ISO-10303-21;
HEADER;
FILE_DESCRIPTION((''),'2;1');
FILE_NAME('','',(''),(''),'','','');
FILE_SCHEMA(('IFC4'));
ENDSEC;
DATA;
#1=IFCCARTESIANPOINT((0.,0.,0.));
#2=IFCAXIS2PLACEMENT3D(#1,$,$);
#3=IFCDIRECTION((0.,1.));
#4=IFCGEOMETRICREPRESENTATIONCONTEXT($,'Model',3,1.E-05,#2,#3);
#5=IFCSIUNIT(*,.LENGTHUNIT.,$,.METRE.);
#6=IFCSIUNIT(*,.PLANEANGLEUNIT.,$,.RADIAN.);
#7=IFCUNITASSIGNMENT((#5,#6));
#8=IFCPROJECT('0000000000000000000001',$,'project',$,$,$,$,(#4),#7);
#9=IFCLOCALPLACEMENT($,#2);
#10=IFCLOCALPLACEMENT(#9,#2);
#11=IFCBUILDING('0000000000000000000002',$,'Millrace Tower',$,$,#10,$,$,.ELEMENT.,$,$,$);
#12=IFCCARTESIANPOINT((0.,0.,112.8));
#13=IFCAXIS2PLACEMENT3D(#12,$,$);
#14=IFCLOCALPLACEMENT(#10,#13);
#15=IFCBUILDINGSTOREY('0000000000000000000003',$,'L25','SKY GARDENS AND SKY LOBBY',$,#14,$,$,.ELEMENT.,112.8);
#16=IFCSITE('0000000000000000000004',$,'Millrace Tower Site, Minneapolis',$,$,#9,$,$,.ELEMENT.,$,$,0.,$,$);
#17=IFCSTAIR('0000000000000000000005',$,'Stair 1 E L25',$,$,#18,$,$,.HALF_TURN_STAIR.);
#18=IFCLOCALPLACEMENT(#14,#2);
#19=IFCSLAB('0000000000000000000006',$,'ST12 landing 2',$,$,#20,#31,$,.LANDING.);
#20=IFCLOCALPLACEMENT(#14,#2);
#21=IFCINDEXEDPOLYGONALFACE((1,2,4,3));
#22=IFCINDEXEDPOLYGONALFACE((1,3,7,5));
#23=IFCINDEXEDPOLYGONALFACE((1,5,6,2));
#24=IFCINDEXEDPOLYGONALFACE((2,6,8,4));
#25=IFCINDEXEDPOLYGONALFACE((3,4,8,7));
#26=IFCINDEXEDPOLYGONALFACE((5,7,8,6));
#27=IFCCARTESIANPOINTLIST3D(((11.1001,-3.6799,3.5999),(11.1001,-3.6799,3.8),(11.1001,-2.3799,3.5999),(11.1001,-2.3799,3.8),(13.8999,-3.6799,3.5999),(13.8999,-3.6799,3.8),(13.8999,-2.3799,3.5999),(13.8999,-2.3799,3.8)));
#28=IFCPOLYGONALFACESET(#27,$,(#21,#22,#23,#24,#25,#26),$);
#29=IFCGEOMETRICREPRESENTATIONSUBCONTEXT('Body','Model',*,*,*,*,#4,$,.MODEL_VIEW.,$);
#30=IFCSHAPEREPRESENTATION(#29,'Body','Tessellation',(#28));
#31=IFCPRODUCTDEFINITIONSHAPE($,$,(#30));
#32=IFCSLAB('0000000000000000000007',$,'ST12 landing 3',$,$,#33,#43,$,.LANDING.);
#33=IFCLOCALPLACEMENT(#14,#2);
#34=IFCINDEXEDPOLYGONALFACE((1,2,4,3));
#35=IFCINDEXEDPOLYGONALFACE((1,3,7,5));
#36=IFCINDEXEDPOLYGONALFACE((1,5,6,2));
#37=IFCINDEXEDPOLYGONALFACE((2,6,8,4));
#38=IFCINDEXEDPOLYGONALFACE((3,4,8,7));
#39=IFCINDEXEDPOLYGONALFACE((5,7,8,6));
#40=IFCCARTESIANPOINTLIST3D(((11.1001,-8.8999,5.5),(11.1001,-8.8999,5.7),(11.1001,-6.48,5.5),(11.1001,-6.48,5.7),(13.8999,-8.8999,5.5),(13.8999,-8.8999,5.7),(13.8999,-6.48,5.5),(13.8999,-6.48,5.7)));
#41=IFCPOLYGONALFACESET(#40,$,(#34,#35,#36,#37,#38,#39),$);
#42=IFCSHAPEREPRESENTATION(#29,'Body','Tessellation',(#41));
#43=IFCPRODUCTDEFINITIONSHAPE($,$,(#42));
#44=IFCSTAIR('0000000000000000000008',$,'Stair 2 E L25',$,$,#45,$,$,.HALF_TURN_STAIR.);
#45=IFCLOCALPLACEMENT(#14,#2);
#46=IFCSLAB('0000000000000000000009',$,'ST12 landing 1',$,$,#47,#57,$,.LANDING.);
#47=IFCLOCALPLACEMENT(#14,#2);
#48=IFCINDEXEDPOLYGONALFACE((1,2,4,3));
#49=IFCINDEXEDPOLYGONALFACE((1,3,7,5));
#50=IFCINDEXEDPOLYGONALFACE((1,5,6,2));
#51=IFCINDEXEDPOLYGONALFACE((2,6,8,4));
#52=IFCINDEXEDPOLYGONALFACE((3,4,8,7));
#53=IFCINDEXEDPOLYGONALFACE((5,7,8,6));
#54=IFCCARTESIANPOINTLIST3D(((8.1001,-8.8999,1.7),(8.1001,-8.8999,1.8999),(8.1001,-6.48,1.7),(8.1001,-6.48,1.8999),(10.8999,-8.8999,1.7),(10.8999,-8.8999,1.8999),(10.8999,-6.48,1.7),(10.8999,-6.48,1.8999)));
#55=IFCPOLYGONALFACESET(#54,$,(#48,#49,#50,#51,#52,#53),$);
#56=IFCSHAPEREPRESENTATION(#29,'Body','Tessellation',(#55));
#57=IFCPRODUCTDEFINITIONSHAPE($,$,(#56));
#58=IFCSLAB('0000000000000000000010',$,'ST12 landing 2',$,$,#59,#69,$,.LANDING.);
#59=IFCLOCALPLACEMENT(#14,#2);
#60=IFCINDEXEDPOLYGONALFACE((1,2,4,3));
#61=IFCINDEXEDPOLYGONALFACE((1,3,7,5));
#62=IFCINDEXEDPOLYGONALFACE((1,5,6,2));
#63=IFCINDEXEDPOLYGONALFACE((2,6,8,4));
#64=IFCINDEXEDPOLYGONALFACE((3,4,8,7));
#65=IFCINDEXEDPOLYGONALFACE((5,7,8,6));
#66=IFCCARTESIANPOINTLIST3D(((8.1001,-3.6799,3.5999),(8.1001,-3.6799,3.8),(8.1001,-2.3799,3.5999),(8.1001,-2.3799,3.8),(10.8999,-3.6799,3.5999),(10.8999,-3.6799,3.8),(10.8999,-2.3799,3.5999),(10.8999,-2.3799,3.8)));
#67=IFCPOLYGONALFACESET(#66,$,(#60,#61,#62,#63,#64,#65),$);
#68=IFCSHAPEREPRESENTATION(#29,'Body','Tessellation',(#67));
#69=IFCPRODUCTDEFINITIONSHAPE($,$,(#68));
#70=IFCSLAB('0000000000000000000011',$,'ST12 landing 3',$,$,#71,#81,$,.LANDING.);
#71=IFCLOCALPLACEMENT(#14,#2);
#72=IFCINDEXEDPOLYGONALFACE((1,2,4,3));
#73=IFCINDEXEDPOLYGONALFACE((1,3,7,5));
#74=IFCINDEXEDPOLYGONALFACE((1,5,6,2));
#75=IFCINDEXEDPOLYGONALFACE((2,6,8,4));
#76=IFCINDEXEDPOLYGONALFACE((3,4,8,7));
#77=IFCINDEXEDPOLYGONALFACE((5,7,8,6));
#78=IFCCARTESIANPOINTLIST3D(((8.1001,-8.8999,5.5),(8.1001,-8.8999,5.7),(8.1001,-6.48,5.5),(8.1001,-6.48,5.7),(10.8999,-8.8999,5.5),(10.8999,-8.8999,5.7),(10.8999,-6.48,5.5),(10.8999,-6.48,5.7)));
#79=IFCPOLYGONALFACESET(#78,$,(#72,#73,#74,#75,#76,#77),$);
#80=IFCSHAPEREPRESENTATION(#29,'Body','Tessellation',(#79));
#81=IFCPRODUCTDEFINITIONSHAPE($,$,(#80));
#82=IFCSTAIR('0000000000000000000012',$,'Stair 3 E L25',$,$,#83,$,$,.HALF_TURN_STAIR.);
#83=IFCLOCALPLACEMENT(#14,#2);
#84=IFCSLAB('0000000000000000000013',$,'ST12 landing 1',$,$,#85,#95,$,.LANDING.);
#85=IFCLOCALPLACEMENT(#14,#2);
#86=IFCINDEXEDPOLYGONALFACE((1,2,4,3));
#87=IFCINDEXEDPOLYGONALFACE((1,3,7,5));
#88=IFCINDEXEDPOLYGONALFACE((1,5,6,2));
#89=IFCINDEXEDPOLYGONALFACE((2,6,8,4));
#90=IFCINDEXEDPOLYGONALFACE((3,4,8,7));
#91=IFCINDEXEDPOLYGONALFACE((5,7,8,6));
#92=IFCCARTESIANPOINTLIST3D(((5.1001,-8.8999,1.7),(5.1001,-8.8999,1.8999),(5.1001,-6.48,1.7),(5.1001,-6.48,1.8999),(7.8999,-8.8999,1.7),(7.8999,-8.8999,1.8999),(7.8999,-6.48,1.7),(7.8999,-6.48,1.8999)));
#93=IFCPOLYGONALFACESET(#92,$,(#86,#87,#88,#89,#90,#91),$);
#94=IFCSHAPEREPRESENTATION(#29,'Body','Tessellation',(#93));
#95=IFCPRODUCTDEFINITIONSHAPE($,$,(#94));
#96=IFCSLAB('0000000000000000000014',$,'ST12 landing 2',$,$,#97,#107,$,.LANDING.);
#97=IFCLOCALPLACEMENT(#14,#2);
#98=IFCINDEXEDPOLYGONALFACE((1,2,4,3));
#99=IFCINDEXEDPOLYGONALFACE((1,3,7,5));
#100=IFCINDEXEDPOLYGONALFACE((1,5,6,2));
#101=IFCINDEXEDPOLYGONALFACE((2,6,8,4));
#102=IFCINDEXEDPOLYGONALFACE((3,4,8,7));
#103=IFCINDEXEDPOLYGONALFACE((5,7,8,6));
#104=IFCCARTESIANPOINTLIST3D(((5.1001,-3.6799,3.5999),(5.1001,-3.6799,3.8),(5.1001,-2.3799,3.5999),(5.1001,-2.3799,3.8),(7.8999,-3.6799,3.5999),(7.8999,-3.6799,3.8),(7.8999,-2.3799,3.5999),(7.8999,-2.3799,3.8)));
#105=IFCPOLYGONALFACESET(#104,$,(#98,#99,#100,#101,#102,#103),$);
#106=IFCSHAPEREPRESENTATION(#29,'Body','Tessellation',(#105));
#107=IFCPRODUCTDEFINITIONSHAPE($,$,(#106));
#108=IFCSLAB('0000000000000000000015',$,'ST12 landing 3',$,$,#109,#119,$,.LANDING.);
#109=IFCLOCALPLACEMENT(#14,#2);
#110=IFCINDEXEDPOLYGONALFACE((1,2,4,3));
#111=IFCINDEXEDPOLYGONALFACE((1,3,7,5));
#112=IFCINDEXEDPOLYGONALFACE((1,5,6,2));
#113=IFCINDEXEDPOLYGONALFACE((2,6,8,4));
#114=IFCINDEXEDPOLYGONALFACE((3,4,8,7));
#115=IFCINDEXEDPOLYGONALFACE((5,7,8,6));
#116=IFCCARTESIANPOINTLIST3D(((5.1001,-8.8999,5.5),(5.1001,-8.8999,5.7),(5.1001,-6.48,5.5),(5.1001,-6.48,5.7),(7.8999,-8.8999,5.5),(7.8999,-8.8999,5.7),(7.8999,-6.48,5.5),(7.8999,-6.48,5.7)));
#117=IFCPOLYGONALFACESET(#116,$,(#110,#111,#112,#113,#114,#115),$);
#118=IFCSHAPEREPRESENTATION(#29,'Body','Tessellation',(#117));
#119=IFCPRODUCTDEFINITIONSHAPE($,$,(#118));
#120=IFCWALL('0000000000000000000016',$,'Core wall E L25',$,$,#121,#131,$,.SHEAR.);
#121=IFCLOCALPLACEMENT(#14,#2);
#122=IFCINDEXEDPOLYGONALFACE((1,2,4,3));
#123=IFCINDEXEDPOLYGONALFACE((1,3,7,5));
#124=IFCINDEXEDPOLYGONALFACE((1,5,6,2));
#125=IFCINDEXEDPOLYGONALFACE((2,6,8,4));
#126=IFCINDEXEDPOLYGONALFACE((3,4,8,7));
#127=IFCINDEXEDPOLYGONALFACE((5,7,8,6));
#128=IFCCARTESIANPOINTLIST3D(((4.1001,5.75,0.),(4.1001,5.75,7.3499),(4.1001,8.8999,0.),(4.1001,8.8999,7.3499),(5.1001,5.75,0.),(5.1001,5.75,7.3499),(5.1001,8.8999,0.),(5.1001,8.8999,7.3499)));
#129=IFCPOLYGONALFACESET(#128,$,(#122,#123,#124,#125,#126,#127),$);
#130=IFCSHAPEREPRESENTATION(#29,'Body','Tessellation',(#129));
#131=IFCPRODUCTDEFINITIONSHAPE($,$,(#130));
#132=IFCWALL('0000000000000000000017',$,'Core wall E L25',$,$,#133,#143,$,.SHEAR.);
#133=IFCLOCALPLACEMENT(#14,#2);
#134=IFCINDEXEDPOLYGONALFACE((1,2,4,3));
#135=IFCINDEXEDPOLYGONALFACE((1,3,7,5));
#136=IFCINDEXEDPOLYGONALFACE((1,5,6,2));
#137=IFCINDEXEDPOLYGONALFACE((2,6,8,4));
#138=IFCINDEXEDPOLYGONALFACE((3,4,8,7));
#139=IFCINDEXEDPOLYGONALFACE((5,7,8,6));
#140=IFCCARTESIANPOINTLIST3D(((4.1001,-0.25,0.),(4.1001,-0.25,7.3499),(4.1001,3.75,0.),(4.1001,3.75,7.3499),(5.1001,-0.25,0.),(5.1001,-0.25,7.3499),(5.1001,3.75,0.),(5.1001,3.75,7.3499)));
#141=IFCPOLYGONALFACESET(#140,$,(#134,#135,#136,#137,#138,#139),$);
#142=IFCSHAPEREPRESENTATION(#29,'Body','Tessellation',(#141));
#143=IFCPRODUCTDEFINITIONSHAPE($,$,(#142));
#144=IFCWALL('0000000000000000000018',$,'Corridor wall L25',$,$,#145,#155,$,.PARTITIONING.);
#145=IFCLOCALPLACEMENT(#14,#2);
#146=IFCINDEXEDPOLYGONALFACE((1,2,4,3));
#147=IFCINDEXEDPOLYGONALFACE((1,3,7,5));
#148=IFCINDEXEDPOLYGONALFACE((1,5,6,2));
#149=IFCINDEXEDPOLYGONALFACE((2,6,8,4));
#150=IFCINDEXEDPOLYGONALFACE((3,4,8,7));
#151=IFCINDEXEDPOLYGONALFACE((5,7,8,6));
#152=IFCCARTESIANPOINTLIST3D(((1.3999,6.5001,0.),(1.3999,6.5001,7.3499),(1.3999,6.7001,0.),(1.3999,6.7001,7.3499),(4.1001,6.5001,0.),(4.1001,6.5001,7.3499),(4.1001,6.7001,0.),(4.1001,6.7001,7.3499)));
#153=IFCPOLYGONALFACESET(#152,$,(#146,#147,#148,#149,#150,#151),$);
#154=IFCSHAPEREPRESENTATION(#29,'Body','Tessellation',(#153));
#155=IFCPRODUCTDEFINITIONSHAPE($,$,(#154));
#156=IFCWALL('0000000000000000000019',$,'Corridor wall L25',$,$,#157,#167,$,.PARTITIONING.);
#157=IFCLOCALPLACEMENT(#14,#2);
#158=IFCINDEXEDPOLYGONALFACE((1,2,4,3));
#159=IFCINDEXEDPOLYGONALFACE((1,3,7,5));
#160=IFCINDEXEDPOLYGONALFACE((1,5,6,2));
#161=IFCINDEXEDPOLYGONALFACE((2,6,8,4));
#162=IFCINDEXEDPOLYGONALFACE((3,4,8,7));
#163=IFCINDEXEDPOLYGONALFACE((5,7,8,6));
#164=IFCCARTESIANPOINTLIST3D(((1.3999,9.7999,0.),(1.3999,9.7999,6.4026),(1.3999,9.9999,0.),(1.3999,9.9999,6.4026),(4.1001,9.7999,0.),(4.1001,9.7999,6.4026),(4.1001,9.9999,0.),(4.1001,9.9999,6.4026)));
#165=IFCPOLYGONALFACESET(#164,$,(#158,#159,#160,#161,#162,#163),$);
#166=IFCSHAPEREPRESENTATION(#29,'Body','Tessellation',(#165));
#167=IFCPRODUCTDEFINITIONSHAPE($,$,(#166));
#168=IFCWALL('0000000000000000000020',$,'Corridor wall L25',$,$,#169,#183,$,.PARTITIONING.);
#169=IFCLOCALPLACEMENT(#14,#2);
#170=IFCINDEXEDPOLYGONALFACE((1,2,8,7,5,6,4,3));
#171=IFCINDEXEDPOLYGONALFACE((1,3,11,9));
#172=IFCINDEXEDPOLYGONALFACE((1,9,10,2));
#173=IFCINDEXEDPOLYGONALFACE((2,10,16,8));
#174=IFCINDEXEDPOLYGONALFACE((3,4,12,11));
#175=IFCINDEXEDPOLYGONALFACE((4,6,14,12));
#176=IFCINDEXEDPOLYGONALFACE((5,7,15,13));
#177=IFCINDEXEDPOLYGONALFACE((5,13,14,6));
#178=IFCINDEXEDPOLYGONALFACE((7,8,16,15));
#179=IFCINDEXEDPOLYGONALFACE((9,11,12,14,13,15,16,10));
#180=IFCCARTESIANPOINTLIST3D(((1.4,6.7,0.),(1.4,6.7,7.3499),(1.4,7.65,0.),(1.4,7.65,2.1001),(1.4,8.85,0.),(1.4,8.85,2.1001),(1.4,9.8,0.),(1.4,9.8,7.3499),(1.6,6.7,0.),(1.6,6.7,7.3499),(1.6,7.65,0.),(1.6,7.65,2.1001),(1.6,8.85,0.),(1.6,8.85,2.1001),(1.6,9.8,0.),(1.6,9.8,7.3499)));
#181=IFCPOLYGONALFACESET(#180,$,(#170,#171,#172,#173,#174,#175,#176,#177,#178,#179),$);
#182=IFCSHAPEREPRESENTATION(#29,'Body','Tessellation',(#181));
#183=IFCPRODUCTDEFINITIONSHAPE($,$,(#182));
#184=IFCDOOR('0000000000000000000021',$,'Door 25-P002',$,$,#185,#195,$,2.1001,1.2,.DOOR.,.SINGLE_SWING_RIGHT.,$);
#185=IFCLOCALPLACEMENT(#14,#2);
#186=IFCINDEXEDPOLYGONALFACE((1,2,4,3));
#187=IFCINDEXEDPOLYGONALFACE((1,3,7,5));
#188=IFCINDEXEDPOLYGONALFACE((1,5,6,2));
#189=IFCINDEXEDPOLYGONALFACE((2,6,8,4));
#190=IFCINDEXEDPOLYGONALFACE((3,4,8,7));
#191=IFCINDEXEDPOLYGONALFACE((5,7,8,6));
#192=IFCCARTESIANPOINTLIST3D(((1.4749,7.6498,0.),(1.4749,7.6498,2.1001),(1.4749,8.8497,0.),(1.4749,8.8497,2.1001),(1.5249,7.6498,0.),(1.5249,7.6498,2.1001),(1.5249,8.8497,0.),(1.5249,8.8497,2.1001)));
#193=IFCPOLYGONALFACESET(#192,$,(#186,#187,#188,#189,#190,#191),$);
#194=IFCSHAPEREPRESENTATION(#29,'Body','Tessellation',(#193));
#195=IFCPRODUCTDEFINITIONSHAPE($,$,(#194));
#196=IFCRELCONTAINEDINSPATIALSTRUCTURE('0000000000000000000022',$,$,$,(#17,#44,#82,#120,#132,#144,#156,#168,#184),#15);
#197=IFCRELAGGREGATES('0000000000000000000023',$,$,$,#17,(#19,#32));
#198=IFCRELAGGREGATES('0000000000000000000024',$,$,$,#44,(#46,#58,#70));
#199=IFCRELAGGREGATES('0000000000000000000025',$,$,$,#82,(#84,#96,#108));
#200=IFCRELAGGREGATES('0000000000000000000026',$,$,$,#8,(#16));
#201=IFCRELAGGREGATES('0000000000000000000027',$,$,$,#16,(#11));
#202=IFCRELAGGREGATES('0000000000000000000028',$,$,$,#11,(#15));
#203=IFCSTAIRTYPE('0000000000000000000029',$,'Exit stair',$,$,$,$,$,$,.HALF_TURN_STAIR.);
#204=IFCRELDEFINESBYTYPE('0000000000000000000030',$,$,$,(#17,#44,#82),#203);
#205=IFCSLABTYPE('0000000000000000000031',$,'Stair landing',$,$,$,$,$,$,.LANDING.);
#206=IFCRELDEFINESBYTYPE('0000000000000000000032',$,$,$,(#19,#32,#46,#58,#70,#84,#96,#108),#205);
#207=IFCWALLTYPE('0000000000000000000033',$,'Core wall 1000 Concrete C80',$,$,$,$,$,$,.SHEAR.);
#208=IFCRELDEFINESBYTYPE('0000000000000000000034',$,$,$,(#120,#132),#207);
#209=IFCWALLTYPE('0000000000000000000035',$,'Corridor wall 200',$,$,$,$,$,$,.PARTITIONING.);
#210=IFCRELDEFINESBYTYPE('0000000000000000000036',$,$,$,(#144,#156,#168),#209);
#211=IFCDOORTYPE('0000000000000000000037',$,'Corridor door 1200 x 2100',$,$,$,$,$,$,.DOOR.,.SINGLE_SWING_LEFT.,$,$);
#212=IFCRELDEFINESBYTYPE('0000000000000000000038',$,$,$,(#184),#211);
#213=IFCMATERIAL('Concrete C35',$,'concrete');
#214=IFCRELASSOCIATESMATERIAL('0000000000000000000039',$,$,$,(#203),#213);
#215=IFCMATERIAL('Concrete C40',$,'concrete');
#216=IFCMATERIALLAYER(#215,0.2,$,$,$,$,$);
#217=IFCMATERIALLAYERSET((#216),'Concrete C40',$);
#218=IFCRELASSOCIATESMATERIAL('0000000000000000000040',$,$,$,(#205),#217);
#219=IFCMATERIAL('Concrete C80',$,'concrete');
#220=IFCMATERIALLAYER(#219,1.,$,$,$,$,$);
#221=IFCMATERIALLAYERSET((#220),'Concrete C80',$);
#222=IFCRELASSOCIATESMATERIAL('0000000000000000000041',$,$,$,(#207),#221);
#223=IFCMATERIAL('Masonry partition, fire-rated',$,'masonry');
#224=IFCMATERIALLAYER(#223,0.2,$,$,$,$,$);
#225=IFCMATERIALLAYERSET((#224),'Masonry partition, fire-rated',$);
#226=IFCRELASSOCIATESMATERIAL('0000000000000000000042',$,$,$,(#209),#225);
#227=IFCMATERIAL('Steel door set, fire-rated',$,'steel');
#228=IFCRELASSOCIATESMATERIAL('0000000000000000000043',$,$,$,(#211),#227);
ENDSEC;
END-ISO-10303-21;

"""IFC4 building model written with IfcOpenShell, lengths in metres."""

from ifc_helpers import new_model, si_unit, direction, frame, frame_2d, origin, place, context, subcontext, project, spatial, polyline, rectangle, outline, extrude, material, layer, layer_set, type_object, element, fill, aggregate, save


model = new_model("IFC4")

# Units and contexts
model_context = context("Model", 3, precision=1e-05, world=origin(), true_north=direction((0.0, 1.0)))
body_context = subcontext(model_context, "Body", "Model", "MODEL_VIEW")
ifc_project = project(units=[si_unit("LENGTHUNIT", "METRE"), si_unit("PLANEANGLEUNIT", "RADIAN")], contexts=[model_context])

# Site, building, storey
site_placement = place(None, origin())
site = spatial("IfcSite", under=ifc_project, at=site_placement, Name="Millrace Tower Site, Minneapolis", CompositionType="ELEMENT", RefElevation=0.0)
building_placement = place(site_placement, origin())
building = spatial("IfcBuilding", under=site, at=building_placement, Name="Millrace Tower", CompositionType="ELEMENT")
storey_placement = place(building_placement, frame((0.0, 0.0, 112.8)))
storey = spatial("IfcBuildingStorey", under=building, at=storey_placement, Name="L25", Description="SKY GARDENS AND SKY LOBBY", CompositionType="ELEMENT", Elevation=112.8)

# Shared definitions
placement_1 = place(storey_placement, origin())

# Stairs, slabs
ifc_material_1 = material(Name="Concrete C35", Category="concrete")
stair_type = type_object("IfcStairType", Name="Exit stair", PredefinedType="HALF_TURN_STAIR", material=ifc_material_1)
ifc_material_2 = material(Name="Concrete C40", Category="concrete")
ifc_layer_1 = layer(ifc_material_2, 0.2)
ifc_layer_set_1 = layer_set([ifc_layer_1], Name="Concrete C40")
slab_type = type_object("IfcSlabType", Name="Stair landing", PredefinedType="LANDING", material=ifc_layer_set_1)
placement_2 = place(storey_placement, frame((0.0, 0.0, 3.5999)))
placement_3 = place(storey_placement, frame((0.0, 0.0, 5.5)))
stair_1 = element("IfcStair", 1, at=placement_1, inside=storey, type_object=stair_type, Name="Stair 1 E L25", PredefinedType="HALF_TURN_STAIR")
placement_4 = place(storey_placement, frame((0.0, 0.0, 1.7)))
slab_1 = element("IfcSlab", 2, at=placement_2, type_object=slab_type, Name="ST12 landing 2", PredefinedType="LANDING", context=body_context, shape_type="SweptSolid", body=[
    extrude(outline(polyline([(11.1001, -3.6799), (13.8999, -3.6799), (13.8999, -2.3799), (11.1001, -2.3799), (11.1001, -3.6799)])), origin(), (0.0, 0.0, 1.0), 0.2002),
])
slab_2 = element("IfcSlab", 3, at=placement_3, type_object=slab_type, Name="ST12 landing 3", PredefinedType="LANDING", context=body_context, shape_type="SweptSolid", body=[
    extrude(outline(polyline([(11.1001, -8.8999), (13.8999, -8.8999), (13.8999, -6.48), (11.1001, -6.48), (11.1001, -8.8999)])), origin(), (0.0, 0.0, 1.0), 0.2),
])
aggregate(stair_1, [slab_1, slab_2])
stair_2 = element("IfcStair", 4, at=placement_1, inside=storey, type_object=stair_type, Name="Stair 2 E L25", PredefinedType="HALF_TURN_STAIR")
slab_3 = element("IfcSlab", 5, at=placement_4, type_object=slab_type, Name="ST12 landing 1", PredefinedType="LANDING", context=body_context, shape_type="SweptSolid", body=[
    extrude(outline(polyline([(8.1001, -8.8999), (10.8999, -8.8999), (10.8999, -6.48), (8.1001, -6.48), (8.1001, -8.8999)])), origin(), (0.0, 0.0, 1.0), 0.2),
])
slab_4 = element("IfcSlab", 6, at=placement_2, type_object=slab_type, Name="ST12 landing 2", PredefinedType="LANDING", context=body_context, shape_type="SweptSolid", body=[
    extrude(outline(polyline([(8.1001, -3.6799), (10.8999, -3.6799), (10.8999, -2.3799), (8.1001, -2.3799), (8.1001, -3.6799)])), origin(), (0.0, 0.0, 1.0), 0.2002),
])
slab_5 = element("IfcSlab", 7, at=placement_3, type_object=slab_type, Name="ST12 landing 3", PredefinedType="LANDING", context=body_context, shape_type="SweptSolid", body=[
    extrude(outline(polyline([(8.1001, -8.8999), (10.8999, -8.8999), (10.8999, -6.48), (8.1001, -6.48), (8.1001, -8.8999)])), origin(), (0.0, 0.0, 1.0), 0.2),
])
aggregate(stair_2, [slab_3, slab_4, slab_5])
stair_3 = element("IfcStair", 8, at=placement_1, inside=storey, type_object=stair_type, Name="Stair 3 E L25", PredefinedType="HALF_TURN_STAIR")
slab_6 = element("IfcSlab", 9, at=placement_4, type_object=slab_type, Name="ST12 landing 1", PredefinedType="LANDING", context=body_context, shape_type="SweptSolid", body=[
    extrude(outline(polyline([(5.1001, -8.8999), (7.8999, -8.8999), (7.8999, -6.48), (5.1001, -6.48), (5.1001, -8.8999)])), origin(), (0.0, 0.0, 1.0), 0.2),
])
slab_7 = element("IfcSlab", 10, at=placement_2, type_object=slab_type, Name="ST12 landing 2", PredefinedType="LANDING", context=body_context, shape_type="SweptSolid", body=[
    extrude(outline(polyline([(5.1001, -3.6799), (7.8999, -3.6799), (7.8999, -2.3799), (5.1001, -2.3799), (5.1001, -3.6799)])), origin(), (0.0, 0.0, 1.0), 0.2002),
])
slab_8 = element("IfcSlab", 11, at=placement_3, type_object=slab_type, Name="ST12 landing 3", PredefinedType="LANDING", context=body_context, shape_type="SweptSolid", body=[
    extrude(outline(polyline([(5.1001, -8.8999), (7.8999, -8.8999), (7.8999, -6.48), (5.1001, -6.48), (5.1001, -8.8999)])), origin(), (0.0, 0.0, 1.0), 0.2),
])
aggregate(stair_3, [slab_6, slab_7, slab_8])

# Walls
ifc_material_3 = material(Name="Concrete C80", Category="concrete")
ifc_layer_2 = layer(ifc_material_3, 1.0)
ifc_layer_set_2 = layer_set([ifc_layer_2], Name="Concrete C80")
wall_type_1 = type_object("IfcWallType", Name="Core wall 1000 Concrete C80", PredefinedType="SHEAR", material=ifc_layer_set_2)
wall_1_placement = place(storey_placement, frame((4.6001, 8.8999, 0.0), z_axis=(0.0, 0.0, 1.0), x_axis=(0.0, -1.0, 0.0)))
element("IfcWall", 12, at=wall_1_placement, inside=storey, type_object=wall_type_1, Name="Core wall E L25", PredefinedType="SHEAR", context=body_context, shape_type="SweptSolid", body=[
    extrude(rectangle(XDim=3.1499, YDim=1.0, at=frame_2d((1.575, 0.0))), origin(), (0.0, 0.0, 1.0), 7.3499),
])
wall_2_placement = place(storey_placement, frame((4.6001, 3.75, 0.0), z_axis=(0.0, 0.0, 1.0), x_axis=(0.0, -1.0, 0.0)))
element("IfcWall", 13, at=wall_2_placement, inside=storey, type_object=wall_type_1, Name="Core wall E L25", PredefinedType="SHEAR", context=body_context, shape_type="SweptSolid", body=[
    extrude(rectangle(XDim=4.0, YDim=1.0, at=frame_2d((2.0, 0.0))), origin(), (0.0, 0.0, 1.0), 7.3499),
])
ifc_material_4 = material(Name="Masonry partition, fire-rated", Category="masonry")
ifc_layer_3 = layer(ifc_material_4, 0.2)
ifc_layer_set_3 = layer_set([ifc_layer_3], Name="Masonry partition, fire-rated")
wall_type_2 = type_object("IfcWallType", Name="Corridor wall 200", PredefinedType="PARTITIONING", material=ifc_layer_set_3)
wall_3_placement = place(storey_placement, frame((1.3999, 6.6001, 0.0), z_axis=(0.0, 0.0, 1.0), x_axis=(1.0, 0.0, 0.0)))
element("IfcWall", 14, at=wall_3_placement, inside=storey, type_object=wall_type_2, Name="Corridor wall L25", PredefinedType="PARTITIONING", context=body_context, shape_type="SweptSolid", body=[
    extrude(rectangle(XDim=2.7002, YDim=0.2, at=frame_2d((1.3501, 0.0))), origin(), (0.0, 0.0, 1.0), 7.3499),
])
wall_4_placement = place(storey_placement, frame((1.3999, 9.8999, 0.0), z_axis=(0.0, 0.0, 1.0), x_axis=(1.0, 0.0, 0.0)))
element("IfcWall", 15, at=wall_4_placement, inside=storey, type_object=wall_type_2, Name="Corridor wall L25", PredefinedType="PARTITIONING", context=body_context, shape_type="SweptSolid", body=[
    extrude(rectangle(XDim=2.7002, YDim=0.2, at=frame_2d((1.3501, 0.0))), origin(), (0.0, 0.0, 1.0), 6.4026),
])

# Wall, opening, door
wall_5_placement = place(storey_placement, frame((1.5, 6.7, 0.0), z_axis=(0.0, 0.0, 1.0), x_axis=(0.0, 1.0, 0.0)))
wall_5 = element("IfcWall", 16, at=wall_5_placement, inside=storey, type_object=wall_type_2, Name="Corridor wall L25", PredefinedType="PARTITIONING", context=body_context, shape_type="SweptSolid", body=[
    extrude(rectangle(XDim=3.1001, YDim=0.2, at=frame_2d((1.55, 0.0))), origin(), (0.0, 0.0, 1.0), 7.3499),
])
opening_1_placement = place(wall_5_placement, frame((0.95, 0.0, 0.0)))
opening_1 = element("IfcOpeningElement", 17, at=opening_1_placement, cuts=wall_5, PredefinedType="OPENING", context=body_context, shape_type="SweptSolid", body=[
    extrude(rectangle(XDim=1.2, YDim=2.1001, at=frame_2d((0.6001, 1.05))), frame((0.0, 0.1099, 0.0), z_axis=(0.0, -1.0, 0.0), x_axis=(1.0, 0.0, 0.0)), (0.0, 0.0, 1.0), 0.22),
])
ifc_material_5 = material(Name="Steel door set, fire-rated", Category="steel")
door_type_1 = type_object("IfcDoorType", Name="Corridor door 1200 x 2100", OperationType="SINGLE_SWING_LEFT", PredefinedType="DOOR", material=ifc_material_5)
door_1_placement = place(opening_1_placement, frame((1.2, 0.0, 0.0), z_axis=(0.0, 0.0, 1.0), x_axis=(-1.0, 0.0, 0.0)))
door_1 = element("IfcDoor", 18, at=door_1_placement, inside=storey, type_object=door_type_1, Name="Door 25-P002", OperationType="SINGLE_SWING_RIGHT", OverallHeight=2.1001, OverallWidth=1.2, PredefinedType="DOOR", context=body_context, shape_type="SweptSolid", body=[
    extrude(rectangle(XDim=1.2, YDim=2.1001, at=frame_2d((0.6001, 1.05))), frame((0.0, 0.0249, 0.0), z_axis=(0.0, -1.0, 0.0), x_axis=(1.0, 0.0, 0.0)), (0.0, 0.0, 1.0), 0.05),
])
fill(opening_1, door_1)

save(model, "model.ifc")
